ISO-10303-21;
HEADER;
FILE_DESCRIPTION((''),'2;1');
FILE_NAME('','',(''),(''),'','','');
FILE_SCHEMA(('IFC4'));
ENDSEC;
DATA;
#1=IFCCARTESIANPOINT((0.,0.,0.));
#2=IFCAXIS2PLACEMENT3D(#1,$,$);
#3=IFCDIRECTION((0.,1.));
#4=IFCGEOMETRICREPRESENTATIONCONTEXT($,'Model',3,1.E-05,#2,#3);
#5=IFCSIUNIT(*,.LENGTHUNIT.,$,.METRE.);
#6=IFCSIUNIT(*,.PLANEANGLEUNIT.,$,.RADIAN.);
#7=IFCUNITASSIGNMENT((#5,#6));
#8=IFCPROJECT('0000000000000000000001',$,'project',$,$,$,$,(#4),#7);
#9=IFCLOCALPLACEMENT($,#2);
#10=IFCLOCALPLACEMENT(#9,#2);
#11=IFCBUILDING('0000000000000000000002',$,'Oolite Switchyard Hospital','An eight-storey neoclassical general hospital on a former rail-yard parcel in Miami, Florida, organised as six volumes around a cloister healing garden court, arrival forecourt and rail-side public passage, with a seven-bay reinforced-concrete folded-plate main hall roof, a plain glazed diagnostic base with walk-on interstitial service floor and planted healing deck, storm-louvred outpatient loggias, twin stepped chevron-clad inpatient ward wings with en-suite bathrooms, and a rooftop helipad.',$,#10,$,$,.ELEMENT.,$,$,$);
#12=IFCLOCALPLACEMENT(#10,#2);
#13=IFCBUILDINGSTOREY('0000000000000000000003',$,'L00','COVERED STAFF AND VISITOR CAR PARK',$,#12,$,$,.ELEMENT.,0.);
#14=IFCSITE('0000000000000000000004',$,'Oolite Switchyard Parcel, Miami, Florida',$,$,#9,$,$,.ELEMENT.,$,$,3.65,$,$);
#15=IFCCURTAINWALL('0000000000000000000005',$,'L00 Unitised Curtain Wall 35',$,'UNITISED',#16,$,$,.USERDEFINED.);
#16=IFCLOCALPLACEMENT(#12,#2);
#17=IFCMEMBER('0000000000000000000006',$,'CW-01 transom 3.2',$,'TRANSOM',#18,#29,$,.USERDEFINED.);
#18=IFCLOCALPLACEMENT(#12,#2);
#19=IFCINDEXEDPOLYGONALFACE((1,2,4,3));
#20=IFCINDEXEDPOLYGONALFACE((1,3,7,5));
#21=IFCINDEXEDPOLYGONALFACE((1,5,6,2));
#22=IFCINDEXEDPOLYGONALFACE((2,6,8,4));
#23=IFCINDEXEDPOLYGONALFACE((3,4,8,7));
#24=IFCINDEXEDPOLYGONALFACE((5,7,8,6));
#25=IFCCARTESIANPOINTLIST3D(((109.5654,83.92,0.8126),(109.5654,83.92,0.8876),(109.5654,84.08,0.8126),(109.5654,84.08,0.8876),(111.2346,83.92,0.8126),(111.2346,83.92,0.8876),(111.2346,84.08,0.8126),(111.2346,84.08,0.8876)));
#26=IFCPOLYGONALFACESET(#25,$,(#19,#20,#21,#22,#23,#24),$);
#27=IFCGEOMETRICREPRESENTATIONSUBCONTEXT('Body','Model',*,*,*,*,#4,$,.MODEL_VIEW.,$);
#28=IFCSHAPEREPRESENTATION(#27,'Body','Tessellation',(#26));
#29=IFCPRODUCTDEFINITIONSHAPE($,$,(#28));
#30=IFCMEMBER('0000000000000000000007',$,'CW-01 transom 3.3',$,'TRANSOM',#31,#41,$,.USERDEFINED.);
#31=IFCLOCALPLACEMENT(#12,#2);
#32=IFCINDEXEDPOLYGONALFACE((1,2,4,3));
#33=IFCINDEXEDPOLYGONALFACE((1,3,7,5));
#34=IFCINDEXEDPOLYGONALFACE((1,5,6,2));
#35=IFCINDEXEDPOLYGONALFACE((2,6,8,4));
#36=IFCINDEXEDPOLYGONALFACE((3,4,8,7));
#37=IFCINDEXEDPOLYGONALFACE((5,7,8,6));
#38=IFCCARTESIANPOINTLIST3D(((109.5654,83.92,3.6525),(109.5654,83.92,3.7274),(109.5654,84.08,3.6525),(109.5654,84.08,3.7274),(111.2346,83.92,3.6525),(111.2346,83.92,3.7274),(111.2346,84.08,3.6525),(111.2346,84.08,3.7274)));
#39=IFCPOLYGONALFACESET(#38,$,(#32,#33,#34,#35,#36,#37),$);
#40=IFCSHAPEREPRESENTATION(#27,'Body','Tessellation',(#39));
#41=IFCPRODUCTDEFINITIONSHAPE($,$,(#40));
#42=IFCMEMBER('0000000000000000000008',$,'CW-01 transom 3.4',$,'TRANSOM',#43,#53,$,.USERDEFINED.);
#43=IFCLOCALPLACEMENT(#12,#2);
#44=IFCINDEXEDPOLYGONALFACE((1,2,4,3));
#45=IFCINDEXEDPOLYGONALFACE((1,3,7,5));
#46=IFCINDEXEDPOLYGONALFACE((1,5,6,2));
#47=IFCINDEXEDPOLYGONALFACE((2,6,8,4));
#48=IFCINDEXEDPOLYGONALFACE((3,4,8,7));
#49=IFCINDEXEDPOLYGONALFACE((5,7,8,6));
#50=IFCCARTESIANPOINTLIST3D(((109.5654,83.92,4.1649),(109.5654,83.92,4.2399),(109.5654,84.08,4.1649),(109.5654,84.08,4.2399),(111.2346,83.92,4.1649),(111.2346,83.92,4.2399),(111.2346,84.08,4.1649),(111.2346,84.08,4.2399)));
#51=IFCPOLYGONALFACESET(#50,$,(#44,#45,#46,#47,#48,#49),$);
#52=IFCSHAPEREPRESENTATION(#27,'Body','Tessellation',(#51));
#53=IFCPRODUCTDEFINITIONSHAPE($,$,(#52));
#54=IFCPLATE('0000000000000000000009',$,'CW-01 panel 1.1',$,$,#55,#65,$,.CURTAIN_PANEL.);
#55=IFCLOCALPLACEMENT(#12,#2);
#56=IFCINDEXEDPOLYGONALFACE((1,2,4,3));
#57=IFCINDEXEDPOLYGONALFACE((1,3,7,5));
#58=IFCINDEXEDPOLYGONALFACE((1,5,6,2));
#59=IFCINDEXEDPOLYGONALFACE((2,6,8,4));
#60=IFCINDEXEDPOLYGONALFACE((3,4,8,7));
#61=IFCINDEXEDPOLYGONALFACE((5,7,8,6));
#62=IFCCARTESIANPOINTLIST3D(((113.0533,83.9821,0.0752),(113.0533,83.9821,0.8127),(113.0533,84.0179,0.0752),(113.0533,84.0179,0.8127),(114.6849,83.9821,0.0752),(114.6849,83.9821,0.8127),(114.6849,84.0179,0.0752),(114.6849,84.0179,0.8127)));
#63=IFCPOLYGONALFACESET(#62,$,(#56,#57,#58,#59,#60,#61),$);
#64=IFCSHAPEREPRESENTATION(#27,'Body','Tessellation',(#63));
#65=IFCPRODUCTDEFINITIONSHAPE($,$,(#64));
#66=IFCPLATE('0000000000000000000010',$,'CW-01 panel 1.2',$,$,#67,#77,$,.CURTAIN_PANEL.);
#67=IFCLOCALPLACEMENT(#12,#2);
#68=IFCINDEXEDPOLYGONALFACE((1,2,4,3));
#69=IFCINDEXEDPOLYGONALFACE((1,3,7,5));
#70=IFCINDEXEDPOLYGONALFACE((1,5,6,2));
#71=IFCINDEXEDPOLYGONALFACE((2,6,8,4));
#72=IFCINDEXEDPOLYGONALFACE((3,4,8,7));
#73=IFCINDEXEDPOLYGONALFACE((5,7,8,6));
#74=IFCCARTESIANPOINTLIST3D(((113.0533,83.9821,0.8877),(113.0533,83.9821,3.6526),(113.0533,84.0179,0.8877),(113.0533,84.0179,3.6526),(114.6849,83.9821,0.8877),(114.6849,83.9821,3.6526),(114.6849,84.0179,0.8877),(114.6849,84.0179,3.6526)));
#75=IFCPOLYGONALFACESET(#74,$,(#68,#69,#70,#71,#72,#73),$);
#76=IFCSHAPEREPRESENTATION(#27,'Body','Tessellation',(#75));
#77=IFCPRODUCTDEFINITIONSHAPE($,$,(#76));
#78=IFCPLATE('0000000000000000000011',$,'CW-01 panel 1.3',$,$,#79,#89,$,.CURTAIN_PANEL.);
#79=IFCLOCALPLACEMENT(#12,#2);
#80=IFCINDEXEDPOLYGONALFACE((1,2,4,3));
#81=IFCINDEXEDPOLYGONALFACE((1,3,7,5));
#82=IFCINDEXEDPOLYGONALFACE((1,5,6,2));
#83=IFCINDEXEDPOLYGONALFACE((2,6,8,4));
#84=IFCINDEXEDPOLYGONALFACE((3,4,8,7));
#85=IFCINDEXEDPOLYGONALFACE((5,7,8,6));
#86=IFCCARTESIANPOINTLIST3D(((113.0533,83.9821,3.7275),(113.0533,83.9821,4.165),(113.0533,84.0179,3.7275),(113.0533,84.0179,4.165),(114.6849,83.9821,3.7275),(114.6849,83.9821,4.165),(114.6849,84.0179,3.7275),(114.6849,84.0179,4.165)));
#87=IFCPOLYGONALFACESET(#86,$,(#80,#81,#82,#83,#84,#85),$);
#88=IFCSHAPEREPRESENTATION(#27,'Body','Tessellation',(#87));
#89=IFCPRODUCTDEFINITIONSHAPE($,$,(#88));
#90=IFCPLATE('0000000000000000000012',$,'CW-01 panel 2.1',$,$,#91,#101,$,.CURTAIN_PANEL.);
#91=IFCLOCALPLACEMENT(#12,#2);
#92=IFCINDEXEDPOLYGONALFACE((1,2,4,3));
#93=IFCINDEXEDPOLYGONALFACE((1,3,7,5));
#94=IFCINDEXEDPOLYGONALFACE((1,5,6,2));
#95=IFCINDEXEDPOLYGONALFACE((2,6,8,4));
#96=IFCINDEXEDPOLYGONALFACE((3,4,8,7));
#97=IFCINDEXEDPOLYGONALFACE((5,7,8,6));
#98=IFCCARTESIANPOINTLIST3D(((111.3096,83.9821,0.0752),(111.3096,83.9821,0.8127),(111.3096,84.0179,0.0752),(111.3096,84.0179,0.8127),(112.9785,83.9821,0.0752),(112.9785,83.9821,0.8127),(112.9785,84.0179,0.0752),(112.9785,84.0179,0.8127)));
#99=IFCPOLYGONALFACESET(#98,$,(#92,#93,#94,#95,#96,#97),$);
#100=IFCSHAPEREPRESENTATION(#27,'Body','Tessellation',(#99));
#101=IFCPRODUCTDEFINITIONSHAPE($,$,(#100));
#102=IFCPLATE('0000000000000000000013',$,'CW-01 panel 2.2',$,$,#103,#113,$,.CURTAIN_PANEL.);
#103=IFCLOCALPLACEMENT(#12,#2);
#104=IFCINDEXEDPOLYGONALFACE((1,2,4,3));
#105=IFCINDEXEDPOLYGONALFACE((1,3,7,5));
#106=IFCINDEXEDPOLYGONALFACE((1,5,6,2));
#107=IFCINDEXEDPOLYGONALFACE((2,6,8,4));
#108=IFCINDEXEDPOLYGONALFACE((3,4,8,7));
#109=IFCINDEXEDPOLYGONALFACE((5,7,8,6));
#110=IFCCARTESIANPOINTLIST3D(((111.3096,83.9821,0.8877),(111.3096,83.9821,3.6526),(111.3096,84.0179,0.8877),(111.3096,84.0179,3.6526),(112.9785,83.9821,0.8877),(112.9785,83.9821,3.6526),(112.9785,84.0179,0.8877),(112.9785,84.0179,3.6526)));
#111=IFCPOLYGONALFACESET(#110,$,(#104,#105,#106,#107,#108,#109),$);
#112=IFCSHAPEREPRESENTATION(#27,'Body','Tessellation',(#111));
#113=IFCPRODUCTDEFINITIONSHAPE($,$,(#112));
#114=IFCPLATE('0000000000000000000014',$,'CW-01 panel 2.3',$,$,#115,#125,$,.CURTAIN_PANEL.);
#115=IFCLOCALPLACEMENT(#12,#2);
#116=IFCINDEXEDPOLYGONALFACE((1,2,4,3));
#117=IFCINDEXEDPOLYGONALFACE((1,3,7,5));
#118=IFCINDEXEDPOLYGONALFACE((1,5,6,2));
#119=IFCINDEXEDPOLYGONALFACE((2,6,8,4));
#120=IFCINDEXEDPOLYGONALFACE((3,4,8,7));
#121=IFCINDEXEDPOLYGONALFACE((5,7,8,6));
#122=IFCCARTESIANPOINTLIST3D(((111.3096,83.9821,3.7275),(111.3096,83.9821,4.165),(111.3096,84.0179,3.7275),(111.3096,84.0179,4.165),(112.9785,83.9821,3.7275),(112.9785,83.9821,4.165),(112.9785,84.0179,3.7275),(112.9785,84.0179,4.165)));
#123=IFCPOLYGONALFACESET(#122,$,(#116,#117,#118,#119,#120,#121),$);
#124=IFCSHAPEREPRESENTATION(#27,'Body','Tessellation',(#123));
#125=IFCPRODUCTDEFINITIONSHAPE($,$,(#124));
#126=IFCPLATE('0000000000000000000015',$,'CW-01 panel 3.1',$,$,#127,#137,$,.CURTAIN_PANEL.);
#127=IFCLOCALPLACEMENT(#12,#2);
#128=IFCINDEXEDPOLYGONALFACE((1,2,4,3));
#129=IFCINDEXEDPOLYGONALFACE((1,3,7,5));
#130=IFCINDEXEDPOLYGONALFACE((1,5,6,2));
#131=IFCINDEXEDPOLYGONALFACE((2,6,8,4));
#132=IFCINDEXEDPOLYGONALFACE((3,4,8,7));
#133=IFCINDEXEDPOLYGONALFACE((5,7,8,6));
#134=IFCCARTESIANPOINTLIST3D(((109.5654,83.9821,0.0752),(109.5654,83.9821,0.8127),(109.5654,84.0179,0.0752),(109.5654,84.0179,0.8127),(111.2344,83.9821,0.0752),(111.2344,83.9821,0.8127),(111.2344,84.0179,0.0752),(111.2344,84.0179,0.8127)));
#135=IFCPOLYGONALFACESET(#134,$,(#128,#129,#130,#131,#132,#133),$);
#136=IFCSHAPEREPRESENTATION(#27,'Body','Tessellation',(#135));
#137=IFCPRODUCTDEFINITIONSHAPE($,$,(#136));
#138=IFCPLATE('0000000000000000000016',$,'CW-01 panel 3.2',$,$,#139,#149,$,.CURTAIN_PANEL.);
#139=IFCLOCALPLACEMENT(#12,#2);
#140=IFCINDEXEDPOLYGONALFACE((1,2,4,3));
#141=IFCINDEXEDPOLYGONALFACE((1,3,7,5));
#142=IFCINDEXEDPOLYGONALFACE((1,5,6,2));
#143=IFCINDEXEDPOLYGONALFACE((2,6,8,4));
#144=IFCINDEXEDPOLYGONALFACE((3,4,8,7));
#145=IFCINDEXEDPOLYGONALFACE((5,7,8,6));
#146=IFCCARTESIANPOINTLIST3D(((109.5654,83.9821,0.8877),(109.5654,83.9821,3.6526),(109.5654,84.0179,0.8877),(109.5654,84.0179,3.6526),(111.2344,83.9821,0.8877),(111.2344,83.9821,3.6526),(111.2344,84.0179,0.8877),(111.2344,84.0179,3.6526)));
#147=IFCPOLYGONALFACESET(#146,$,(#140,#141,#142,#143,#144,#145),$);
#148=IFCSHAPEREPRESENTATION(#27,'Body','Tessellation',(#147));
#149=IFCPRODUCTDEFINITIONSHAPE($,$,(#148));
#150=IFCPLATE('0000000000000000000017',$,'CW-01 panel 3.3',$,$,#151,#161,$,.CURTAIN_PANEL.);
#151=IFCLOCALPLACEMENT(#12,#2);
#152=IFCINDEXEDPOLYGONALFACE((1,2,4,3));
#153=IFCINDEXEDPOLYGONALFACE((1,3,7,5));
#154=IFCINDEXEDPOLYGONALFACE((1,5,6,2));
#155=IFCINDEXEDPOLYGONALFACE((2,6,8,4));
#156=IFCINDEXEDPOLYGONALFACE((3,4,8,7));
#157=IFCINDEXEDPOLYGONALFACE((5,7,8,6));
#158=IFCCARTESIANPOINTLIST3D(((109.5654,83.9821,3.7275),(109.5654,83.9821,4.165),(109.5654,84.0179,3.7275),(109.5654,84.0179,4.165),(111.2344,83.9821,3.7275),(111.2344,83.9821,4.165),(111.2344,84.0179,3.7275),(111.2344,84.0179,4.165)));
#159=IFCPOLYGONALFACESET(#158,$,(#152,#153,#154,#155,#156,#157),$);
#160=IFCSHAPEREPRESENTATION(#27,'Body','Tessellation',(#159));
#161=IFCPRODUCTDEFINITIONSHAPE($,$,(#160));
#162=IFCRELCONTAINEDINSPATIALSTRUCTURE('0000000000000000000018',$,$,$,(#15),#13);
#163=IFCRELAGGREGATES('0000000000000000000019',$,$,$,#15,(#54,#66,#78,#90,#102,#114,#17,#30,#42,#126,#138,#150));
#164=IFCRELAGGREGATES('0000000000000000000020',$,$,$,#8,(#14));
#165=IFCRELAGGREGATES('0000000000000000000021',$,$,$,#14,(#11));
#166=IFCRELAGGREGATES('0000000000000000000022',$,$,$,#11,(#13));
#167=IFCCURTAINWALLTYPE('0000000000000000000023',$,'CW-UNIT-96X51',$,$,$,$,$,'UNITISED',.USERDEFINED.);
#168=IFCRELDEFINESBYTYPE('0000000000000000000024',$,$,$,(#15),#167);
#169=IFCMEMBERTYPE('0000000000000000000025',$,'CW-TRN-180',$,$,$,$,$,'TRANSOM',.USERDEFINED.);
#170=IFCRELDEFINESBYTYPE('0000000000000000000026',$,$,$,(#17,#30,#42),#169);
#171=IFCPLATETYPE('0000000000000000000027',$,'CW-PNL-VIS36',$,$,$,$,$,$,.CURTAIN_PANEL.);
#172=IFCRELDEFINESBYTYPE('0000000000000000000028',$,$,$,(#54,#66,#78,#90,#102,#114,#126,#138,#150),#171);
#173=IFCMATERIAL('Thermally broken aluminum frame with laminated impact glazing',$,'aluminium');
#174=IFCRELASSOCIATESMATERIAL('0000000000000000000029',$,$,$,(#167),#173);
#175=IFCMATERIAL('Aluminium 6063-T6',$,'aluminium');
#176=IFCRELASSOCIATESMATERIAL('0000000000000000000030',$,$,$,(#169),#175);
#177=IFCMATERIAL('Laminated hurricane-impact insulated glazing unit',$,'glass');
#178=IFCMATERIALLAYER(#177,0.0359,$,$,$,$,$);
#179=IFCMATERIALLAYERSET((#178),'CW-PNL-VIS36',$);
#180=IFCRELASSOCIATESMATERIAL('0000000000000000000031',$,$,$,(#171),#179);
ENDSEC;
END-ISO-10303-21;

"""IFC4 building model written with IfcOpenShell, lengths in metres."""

from ifc_helpers import new_model, si_unit, direction, frame, origin, origin_2d, place, context, subcontext, project, spatial, rectangle, extrude, material, layer, layer_set, material_profile, profile_set, type_object, element, aggregate, save


model = new_model("IFC4")

# Units and contexts
model_context = context("Model", 3, precision=1e-05, world=origin(), true_north=direction((0.0, 1.0)))
body_context = subcontext(model_context, "Body", "Model", "MODEL_VIEW")
ifc_project = project(units=[si_unit("LENGTHUNIT", "METRE"), si_unit("PLANEANGLEUNIT", "RADIAN")], contexts=[model_context])

# Site, building, storey
site_placement = place(None, origin())
site = spatial("IfcSite", under=ifc_project, at=site_placement, Name="Oolite Switchyard Parcel, Miami, Florida", CompositionType="ELEMENT", RefElevation=3.65)
building_placement = place(site_placement, origin())
building = spatial("IfcBuilding", under=site, at=building_placement, Name="Oolite Switchyard Hospital", Description="An eight-storey neoclassical general hospital on a former rail-yard parcel in Miami, Florida, organised as six volumes around a cloister healing garden court, arrival forecourt and rail-side public passage, with a seven-bay reinforced-concrete folded-plate main hall roof, a plain glazed diagnostic base with walk-on interstitial service floor and planted healing deck, storm-louvred outpatient loggias, twin stepped chevron-clad inpatient ward wings with en-suite bathrooms, and a rooftop helipad.", CompositionType="ELEMENT")
storey_placement = place(building_placement, origin())
storey = spatial("IfcBuildingStorey", under=building, at=storey_placement, Name="L00", Description="COVERED STAFF AND VISITOR CAR PARK", CompositionType="ELEMENT", Elevation=0.0)

# Curtain wall, members, plates
ifc_material_1 = material(Name="Thermally broken aluminum frame with laminated impact glazing", Category="aluminium")
curtain_wall_type = type_object("IfcCurtainWallType", Name="CW-UNIT-96X51", ElementType="UNITISED", PredefinedType="USERDEFINED", material=ifc_material_1)
curtain_wall_placement = place(storey_placement, origin())
curtain_wall = element("IfcCurtainWall", 1, at=curtain_wall_placement, inside=storey, type_object=curtain_wall_type, Name="L00 Unitised Curtain Wall 35", ObjectType="UNITISED", PredefinedType="USERDEFINED")
ifc_material_2 = material(Name="Aluminium 6063-T6", Category="aluminium")
ifc_material_profile_1 = material_profile(ifc_material_2, rectangle(XDim=0.1599, YDim=0.075, at=origin_2d()), Name="CWT75X160")
ifc_profile_set_1 = profile_set([ifc_material_profile_1], Name="Aluminium 6063-T6")
member_type_1 = type_object("IfcMemberType", Name="CW-TRN-180", ElementType="TRANSOM", PredefinedType="USERDEFINED", material=ifc_profile_set_1)
member_1_placement = place(storey_placement, frame((111.2346, 84.0, 0.8501), z_axis=(-1.0, 0.0, 0.0), x_axis=(0.0, -1.0, 0.0)))
member_1 = element("IfcMember", 2, at=member_1_placement, type_object=member_type_1, Name="CW-01 transom 3.2", ObjectType="TRANSOM", PredefinedType="USERDEFINED", context=body_context, shape_type="SweptSolid", body=[
    extrude(rectangle(XDim=0.1599, YDim=0.075, at=origin_2d()), origin(), (0.0, 0.0, 1.0), 1.6692),
])
member_2_placement = place(storey_placement, frame((111.2346, 84.0, 3.6899), z_axis=(-1.0, 0.0, 0.0), x_axis=(0.0, -1.0, 0.0)))
member_2 = element("IfcMember", 3, at=member_2_placement, type_object=member_type_1, Name="CW-01 transom 3.3", ObjectType="TRANSOM", PredefinedType="USERDEFINED", context=body_context, shape_type="SweptSolid", body=[
    extrude(rectangle(XDim=0.1599, YDim=0.075, at=origin_2d()), origin(), (0.0, 0.0, 1.0), 1.6692),
])
member_3_placement = place(storey_placement, frame((111.2346, 84.0, 4.2024), z_axis=(-1.0, 0.0, 0.0), x_axis=(0.0, -1.0, 0.0)))
member_3 = element("IfcMember", 4, at=member_3_placement, type_object=member_type_1, Name="CW-01 transom 3.4", ObjectType="TRANSOM", PredefinedType="USERDEFINED", context=body_context, shape_type="SweptSolid", body=[
    extrude(rectangle(XDim=0.1599, YDim=0.075, at=origin_2d()), origin(), (0.0, 0.0, 1.0), 1.6692),
])
ifc_material_3 = material(Name="Laminated hurricane-impact insulated glazing unit", Category="glass")
ifc_layer = layer(ifc_material_3, 0.0359)
ifc_layer_set = layer_set([ifc_layer], Name="CW-PNL-VIS36")
plate_type = type_object("IfcPlateType", Name="CW-PNL-VIS36", PredefinedType="CURTAIN_PANEL", material=ifc_layer_set)
plate_1_placement = place(storey_placement, frame((113.8691, 84.0, 0.0752), z_axis=(0.0, 0.0, 1.0), x_axis=(-1.0, 0.0, 0.0)))
plate_1 = element("IfcPlate", 5, at=plate_1_placement, type_object=plate_type, Name="CW-01 panel 1.1", PredefinedType="CURTAIN_PANEL", context=body_context, shape_type="SweptSolid", body=[
    extrude(rectangle(XDim=1.6316, YDim=0.0359, at=origin_2d()), origin(), (0.0, 0.0, 1.0), 0.7375),
])
plate_2_placement = place(storey_placement, frame((113.8691, 84.0, 0.8877), z_axis=(0.0, 0.0, 1.0), x_axis=(-1.0, 0.0, 0.0)))
plate_2 = element("IfcPlate", 6, at=plate_2_placement, type_object=plate_type, Name="CW-01 panel 1.2", PredefinedType="CURTAIN_PANEL", context=body_context, shape_type="SweptSolid", body=[
    extrude(rectangle(XDim=1.6316, YDim=0.0359, at=origin_2d()), origin(), (0.0, 0.0, 1.0), 2.7649),
])
plate_3_placement = place(storey_placement, frame((113.8691, 84.0, 3.7275), z_axis=(0.0, 0.0, 1.0), x_axis=(-1.0, 0.0, 0.0)))
plate_3 = element("IfcPlate", 7, at=plate_3_placement, type_object=plate_type, Name="CW-01 panel 1.3", PredefinedType="CURTAIN_PANEL", context=body_context, shape_type="SweptSolid", body=[
    extrude(rectangle(XDim=1.6316, YDim=0.0359, at=origin_2d()), origin(), (0.0, 0.0, 1.0), 0.4375),
])
plate_4_placement = place(storey_placement, frame((112.144, 84.0, 0.0752), z_axis=(0.0, 0.0, 1.0), x_axis=(-1.0, 0.0, 0.0)))
plate_4 = element("IfcPlate", 8, at=plate_4_placement, type_object=plate_type, Name="CW-01 panel 2.1", PredefinedType="CURTAIN_PANEL", context=body_context, shape_type="SweptSolid", body=[
    extrude(rectangle(XDim=1.6689, YDim=0.0359, at=origin_2d()), origin(), (0.0, 0.0, 1.0), 0.7375),
])
plate_5_placement = place(storey_placement, frame((112.144, 84.0, 0.8877), z_axis=(0.0, 0.0, 1.0), x_axis=(-1.0, 0.0, 0.0)))
plate_5 = element("IfcPlate", 9, at=plate_5_placement, type_object=plate_type, Name="CW-01 panel 2.2", PredefinedType="CURTAIN_PANEL", context=body_context, shape_type="SweptSolid", body=[
    extrude(rectangle(XDim=1.6689, YDim=0.0359, at=origin_2d()), origin(), (0.0, 0.0, 1.0), 2.7649),
])
plate_6_placement = place(storey_placement, frame((112.144, 84.0, 3.7275), z_axis=(0.0, 0.0, 1.0), x_axis=(-1.0, 0.0, 0.0)))
plate_6 = element("IfcPlate", 10, at=plate_6_placement, type_object=plate_type, Name="CW-01 panel 2.3", PredefinedType="CURTAIN_PANEL", context=body_context, shape_type="SweptSolid", body=[
    extrude(rectangle(XDim=1.6689, YDim=0.0359, at=origin_2d()), origin(), (0.0, 0.0, 1.0), 0.4375),
])
plate_7_placement = place(storey_placement, frame((110.3999, 84.0, 0.0752), z_axis=(0.0, 0.0, 1.0), x_axis=(-1.0, 0.0, 0.0)))
plate_7 = element("IfcPlate", 11, at=plate_7_placement, type_object=plate_type, Name="CW-01 panel 3.1", PredefinedType="CURTAIN_PANEL", context=body_context, shape_type="SweptSolid", body=[
    extrude(rectangle(XDim=1.6689, YDim=0.0359, at=origin_2d()), origin(), (0.0, 0.0, 1.0), 0.7375),
])
plate_8_placement = place(storey_placement, frame((110.3999, 84.0, 0.8877), z_axis=(0.0, 0.0, 1.0), x_axis=(-1.0, 0.0, 0.0)))
plate_8 = element("IfcPlate", 12, at=plate_8_placement, type_object=plate_type, Name="CW-01 panel 3.2", PredefinedType="CURTAIN_PANEL", context=body_context, shape_type="SweptSolid", body=[
    extrude(rectangle(XDim=1.6689, YDim=0.0359, at=origin_2d()), origin(), (0.0, 0.0, 1.0), 2.7649),
])
plate_9_placement = place(storey_placement, frame((110.3999, 84.0, 3.7275), z_axis=(0.0, 0.0, 1.0), x_axis=(-1.0, 0.0, 0.0)))
plate_9 = element("IfcPlate", 13, at=plate_9_placement, type_object=plate_type, Name="CW-01 panel 3.3", PredefinedType="CURTAIN_PANEL", context=body_context, shape_type="SweptSolid", body=[
    extrude(rectangle(XDim=1.6689, YDim=0.0359, at=origin_2d()), origin(), (0.0, 0.0, 1.0), 0.4375),
])
aggregate(curtain_wall, [plate_1, plate_2, plate_3, plate_4, plate_5, plate_6, member_1, member_2, member_3, plate_7, plate_8, plate_9])

save(model, "model.ifc")
